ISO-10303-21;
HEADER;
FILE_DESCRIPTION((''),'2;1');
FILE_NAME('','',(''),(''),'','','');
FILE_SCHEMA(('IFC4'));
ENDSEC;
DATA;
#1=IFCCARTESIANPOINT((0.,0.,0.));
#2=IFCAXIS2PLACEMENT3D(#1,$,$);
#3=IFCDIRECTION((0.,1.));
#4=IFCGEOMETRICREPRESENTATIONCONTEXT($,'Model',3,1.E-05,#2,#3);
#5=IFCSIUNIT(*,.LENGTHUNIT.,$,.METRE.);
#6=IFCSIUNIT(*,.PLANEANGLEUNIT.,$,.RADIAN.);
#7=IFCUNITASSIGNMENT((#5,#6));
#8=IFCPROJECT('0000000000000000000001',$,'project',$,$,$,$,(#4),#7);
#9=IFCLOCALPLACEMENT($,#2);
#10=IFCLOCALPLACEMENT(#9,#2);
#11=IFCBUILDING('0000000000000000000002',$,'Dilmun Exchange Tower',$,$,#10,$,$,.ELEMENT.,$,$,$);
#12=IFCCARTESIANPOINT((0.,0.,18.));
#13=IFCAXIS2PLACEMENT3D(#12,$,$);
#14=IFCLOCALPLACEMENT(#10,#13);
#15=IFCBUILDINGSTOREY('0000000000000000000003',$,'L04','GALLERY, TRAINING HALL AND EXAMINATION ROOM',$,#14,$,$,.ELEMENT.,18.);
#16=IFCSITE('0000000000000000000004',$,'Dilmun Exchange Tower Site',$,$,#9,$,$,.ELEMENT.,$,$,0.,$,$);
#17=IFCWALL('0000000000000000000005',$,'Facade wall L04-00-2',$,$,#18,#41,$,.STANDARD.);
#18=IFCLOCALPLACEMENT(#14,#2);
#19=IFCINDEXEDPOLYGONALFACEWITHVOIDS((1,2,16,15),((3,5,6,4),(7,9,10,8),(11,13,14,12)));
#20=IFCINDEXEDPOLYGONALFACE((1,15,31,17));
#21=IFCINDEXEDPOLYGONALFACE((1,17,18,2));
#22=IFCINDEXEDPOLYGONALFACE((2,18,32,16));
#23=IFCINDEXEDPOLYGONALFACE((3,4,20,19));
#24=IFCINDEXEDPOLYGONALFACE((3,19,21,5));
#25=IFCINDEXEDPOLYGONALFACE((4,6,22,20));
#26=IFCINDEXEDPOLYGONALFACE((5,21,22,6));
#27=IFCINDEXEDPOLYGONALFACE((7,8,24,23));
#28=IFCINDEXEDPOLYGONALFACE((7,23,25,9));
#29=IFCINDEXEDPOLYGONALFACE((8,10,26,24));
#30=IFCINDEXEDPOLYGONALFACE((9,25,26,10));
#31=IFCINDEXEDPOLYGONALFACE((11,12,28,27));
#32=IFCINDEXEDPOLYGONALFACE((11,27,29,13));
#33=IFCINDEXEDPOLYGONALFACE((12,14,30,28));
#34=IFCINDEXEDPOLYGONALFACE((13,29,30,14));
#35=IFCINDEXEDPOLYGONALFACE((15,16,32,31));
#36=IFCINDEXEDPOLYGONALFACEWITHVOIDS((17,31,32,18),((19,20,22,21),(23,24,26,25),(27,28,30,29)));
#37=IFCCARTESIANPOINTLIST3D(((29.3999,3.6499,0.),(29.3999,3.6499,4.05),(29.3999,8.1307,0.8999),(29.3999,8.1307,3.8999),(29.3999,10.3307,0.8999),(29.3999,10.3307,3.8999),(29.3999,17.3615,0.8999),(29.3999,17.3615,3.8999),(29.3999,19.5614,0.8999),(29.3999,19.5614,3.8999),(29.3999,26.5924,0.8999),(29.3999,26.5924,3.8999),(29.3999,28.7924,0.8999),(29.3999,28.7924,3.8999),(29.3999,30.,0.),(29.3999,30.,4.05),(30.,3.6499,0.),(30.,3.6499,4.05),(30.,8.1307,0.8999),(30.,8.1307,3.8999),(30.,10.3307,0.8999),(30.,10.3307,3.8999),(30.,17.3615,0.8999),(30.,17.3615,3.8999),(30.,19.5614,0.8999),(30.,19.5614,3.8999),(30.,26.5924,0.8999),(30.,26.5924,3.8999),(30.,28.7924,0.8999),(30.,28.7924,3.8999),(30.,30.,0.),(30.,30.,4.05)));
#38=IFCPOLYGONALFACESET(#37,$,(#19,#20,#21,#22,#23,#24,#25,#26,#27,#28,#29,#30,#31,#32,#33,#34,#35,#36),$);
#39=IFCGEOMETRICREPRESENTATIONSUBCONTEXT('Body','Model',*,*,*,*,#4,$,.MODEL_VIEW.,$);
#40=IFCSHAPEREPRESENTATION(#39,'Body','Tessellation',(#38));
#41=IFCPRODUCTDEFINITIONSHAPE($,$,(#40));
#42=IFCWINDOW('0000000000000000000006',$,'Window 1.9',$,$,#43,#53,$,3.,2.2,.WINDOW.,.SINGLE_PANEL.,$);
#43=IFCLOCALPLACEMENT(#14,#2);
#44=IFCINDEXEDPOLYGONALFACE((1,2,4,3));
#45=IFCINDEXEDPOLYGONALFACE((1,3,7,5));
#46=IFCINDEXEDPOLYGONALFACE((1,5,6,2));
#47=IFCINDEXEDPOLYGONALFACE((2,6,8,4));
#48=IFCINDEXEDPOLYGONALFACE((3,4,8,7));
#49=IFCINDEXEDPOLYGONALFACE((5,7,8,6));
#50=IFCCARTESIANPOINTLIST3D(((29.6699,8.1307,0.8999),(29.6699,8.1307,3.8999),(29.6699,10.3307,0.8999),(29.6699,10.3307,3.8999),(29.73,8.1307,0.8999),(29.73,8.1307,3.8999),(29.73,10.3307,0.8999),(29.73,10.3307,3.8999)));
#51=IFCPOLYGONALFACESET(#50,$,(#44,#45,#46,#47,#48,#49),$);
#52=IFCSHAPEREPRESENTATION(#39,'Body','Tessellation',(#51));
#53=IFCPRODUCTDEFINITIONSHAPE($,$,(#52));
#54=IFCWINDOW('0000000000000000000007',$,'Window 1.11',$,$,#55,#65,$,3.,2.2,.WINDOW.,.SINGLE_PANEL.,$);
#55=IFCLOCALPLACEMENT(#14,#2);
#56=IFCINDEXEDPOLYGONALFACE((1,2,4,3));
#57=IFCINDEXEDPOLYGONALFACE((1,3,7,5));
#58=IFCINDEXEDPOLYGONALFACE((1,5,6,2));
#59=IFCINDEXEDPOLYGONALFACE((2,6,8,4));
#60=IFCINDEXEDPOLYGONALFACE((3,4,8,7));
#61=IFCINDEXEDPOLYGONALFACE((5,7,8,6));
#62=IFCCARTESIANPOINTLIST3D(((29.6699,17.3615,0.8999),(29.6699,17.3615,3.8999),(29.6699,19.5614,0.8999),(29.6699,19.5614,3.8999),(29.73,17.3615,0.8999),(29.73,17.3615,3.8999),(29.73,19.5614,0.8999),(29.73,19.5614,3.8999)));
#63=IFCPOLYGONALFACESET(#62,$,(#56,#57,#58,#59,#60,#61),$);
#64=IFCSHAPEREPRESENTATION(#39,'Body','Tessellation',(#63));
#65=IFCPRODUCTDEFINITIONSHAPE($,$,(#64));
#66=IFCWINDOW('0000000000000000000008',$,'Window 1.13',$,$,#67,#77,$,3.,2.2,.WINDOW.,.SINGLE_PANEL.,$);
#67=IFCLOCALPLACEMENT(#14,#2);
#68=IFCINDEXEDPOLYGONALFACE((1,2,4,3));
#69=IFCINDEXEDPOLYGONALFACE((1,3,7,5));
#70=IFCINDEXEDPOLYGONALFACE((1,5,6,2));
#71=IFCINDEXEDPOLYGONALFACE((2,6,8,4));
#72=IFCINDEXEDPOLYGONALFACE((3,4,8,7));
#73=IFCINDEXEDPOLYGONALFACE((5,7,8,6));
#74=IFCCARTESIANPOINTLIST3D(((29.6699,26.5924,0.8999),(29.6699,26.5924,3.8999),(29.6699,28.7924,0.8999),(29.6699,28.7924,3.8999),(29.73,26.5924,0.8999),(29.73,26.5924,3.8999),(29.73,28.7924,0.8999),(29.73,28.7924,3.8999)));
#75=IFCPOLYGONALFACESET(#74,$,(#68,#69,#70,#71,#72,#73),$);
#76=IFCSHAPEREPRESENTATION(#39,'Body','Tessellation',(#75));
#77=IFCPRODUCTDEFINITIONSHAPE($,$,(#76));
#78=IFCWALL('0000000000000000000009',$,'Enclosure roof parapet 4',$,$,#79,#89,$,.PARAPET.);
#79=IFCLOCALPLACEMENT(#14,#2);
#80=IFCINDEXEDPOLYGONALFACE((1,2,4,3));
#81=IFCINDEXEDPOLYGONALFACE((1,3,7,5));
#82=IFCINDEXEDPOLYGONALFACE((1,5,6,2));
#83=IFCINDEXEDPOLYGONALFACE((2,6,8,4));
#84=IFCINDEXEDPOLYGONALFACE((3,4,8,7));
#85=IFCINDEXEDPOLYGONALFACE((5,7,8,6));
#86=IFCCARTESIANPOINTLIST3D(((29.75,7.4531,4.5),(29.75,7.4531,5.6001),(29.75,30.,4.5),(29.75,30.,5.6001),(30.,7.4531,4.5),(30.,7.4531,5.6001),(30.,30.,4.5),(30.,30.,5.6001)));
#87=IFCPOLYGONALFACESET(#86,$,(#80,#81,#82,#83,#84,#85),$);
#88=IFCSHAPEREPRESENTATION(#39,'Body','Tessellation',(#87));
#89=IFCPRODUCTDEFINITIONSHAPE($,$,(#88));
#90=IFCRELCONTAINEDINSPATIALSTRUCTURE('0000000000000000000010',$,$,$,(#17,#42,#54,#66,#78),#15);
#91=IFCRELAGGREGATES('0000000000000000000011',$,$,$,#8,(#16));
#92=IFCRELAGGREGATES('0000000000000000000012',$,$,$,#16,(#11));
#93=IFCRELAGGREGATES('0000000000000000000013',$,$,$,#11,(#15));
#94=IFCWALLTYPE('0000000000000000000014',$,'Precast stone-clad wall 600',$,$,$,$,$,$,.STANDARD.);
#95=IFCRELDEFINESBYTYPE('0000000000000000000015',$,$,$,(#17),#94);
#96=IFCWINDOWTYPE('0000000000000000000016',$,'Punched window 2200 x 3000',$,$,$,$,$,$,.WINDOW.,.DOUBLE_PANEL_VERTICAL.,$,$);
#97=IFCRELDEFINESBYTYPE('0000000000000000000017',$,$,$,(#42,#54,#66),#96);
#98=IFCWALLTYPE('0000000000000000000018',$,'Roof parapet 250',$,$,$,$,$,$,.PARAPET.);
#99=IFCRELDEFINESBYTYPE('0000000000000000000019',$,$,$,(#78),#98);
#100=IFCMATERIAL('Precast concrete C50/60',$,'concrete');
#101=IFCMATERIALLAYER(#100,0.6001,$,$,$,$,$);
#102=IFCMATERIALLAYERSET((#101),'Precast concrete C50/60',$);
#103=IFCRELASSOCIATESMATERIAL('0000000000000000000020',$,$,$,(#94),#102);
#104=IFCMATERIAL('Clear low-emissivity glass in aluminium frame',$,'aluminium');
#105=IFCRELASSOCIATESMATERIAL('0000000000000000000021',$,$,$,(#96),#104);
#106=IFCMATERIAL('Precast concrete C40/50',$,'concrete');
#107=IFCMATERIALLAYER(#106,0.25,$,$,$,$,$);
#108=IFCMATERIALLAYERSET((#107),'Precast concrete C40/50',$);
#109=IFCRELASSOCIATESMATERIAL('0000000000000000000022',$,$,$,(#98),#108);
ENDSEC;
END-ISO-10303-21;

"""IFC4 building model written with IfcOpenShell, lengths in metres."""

from ifc_helpers import new_model, si_unit, direction, frame, frame_2d, origin, place, context, subcontext, project, spatial, rectangle, extrude, material, layer, layer_set, type_object, element, fill, save


model = new_model("IFC4")

# Units and contexts
model_context = context("Model", 3, precision=1e-05, world=origin(), true_north=direction((0.0, 1.0)))
body_context = subcontext(model_context, "Body", "Model", "MODEL_VIEW")
ifc_project = project(units=[si_unit("LENGTHUNIT", "METRE"), si_unit("PLANEANGLEUNIT", "RADIAN")], contexts=[model_context])

# Site, building, storey
site_placement = place(None, origin())
site = spatial("IfcSite", under=ifc_project, at=site_placement, Name="Dilmun Exchange Tower Site", CompositionType="ELEMENT", RefElevation=0.0)
building_placement = place(site_placement, origin())
building = spatial("IfcBuilding", under=site, at=building_placement, Name="Dilmun Exchange Tower", CompositionType="ELEMENT")
storey_placement = place(building_placement, frame((0.0, 0.0, 18.0)))
storey = spatial("IfcBuildingStorey", under=building, at=storey_placement, Name="L04", Description="GALLERY, TRAINING HALL AND EXAMINATION ROOM", CompositionType="ELEMENT", Elevation=18.0)

# Shared definitions
ifc_material_1 = material(Name="Precast concrete C50/60", Category="concrete")
ifc_layer_1 = layer(ifc_material_1, 0.6001)
ifc_layer_set_1 = layer_set([ifc_layer_1], Name="Precast concrete C50/60")
wall_type_1 = type_object("IfcWallType", Name="Precast stone-clad wall 600", PredefinedType="STANDARD", material=ifc_layer_set_1)
ifc_material_2 = material(Name="Clear low-emissivity glass in aluminium frame", Category="aluminium")

# Wall, openings, windows
wall_1_placement = place(storey_placement, frame((29.7, 3.6499, 0.0), z_axis=(0.0, 0.0, 1.0), x_axis=(0.0, 1.0, 0.0)))
wall_1 = element("IfcWall", 1, at=wall_1_placement, inside=storey, type_object=wall_type_1, Name="Facade wall L04-00-2", PredefinedType="STANDARD", context=body_context, shape_type="SweptSolid", body=[
    extrude(rectangle(XDim=26.3501, YDim=0.6001, at=frame_2d((13.175, 0.0))), origin(), (0.0, 0.0, 1.0), 4.05),
])
opening_1_placement = place(wall_1_placement, frame((4.4807, 0.0, 0.8999)))
opening_1 = element("IfcOpeningElement", 2, at=opening_1_placement, cuts=wall_1, PredefinedType="OPENING", context=body_context, shape_type="SweptSolid", body=[
    extrude(rectangle(XDim=2.2, YDim=3.0, at=frame_2d((1.1001, 1.5))), frame((0.0, 0.3101, 0.0), z_axis=(0.0, -1.0, 0.0), x_axis=(1.0, 0.0, 0.0)), (0.0, 0.0, 1.0), 0.6201),
])
opening_2_placement = place(wall_1_placement, frame((13.7114, 0.0, 0.8999)))
opening_2 = element("IfcOpeningElement", 3, at=opening_2_placement, cuts=wall_1, PredefinedType="OPENING", context=body_context, shape_type="SweptSolid", body=[
    extrude(rectangle(XDim=2.2, YDim=3.0, at=frame_2d((1.1001, 1.5))), frame((0.0, 0.3101, 0.0), z_axis=(0.0, -1.0, 0.0), x_axis=(1.0, 0.0, 0.0)), (0.0, 0.0, 1.0), 0.6201),
])
opening_3_placement = place(wall_1_placement, frame((22.9424, 0.0, 0.8999)))
opening_3 = element("IfcOpeningElement", 4, at=opening_3_placement, cuts=wall_1, PredefinedType="OPENING", context=body_context, shape_type="SweptSolid", body=[
    extrude(rectangle(XDim=2.2, YDim=3.0, at=frame_2d((1.1001, 1.5))), frame((0.0, 0.3101, 0.0), z_axis=(0.0, -1.0, 0.0), x_axis=(1.0, 0.0, 0.0)), (0.0, 0.0, 1.0), 0.6201),
])
window_type = type_object("IfcWindowType", Name="Punched window 2200 x 3000", PartitioningType="DOUBLE_PANEL_VERTICAL", PredefinedType="WINDOW", material=ifc_material_2)
window_1_placement = place(opening_1_placement, origin())
window_1 = element("IfcWindow", 5, at=window_1_placement, inside=storey, type_object=window_type, Name="Window 1.9", OverallHeight=3.0, OverallWidth=2.2, PartitioningType="SINGLE_PANEL", PredefinedType="WINDOW", context=body_context, shape_type="SweptSolid", body=[
    extrude(rectangle(XDim=2.2, YDim=3.0, at=frame_2d((1.1001, 1.5))), frame((0.0, 0.03, 0.0), z_axis=(0.0, -1.0, 0.0), x_axis=(1.0, 0.0, 0.0)), (0.0, 0.0, 1.0), 0.0601),
])
fill(opening_1, window_1)
window_2_placement = place(opening_2_placement, origin())
window_2 = element("IfcWindow", 6, at=window_2_placement, inside=storey, type_object=window_type, Name="Window 1.11", OverallHeight=3.0, OverallWidth=2.2, PartitioningType="SINGLE_PANEL", PredefinedType="WINDOW", context=body_context, shape_type="SweptSolid", body=[
    extrude(rectangle(XDim=2.2, YDim=3.0, at=frame_2d((1.1001, 1.5))), frame((0.0, 0.03, 0.0), z_axis=(0.0, -1.0, 0.0), x_axis=(1.0, 0.0, 0.0)), (0.0, 0.0, 1.0), 0.0601),
])
fill(opening_2, window_2)
window_3_placement = place(opening_3_placement, origin())
window_3 = element("IfcWindow", 7, at=window_3_placement, inside=storey, type_object=window_type, Name="Window 1.13", OverallHeight=3.0, OverallWidth=2.2, PartitioningType="SINGLE_PANEL", PredefinedType="WINDOW", context=body_context, shape_type="SweptSolid", body=[
    extrude(rectangle(XDim=2.2, YDim=3.0, at=frame_2d((1.1001, 1.5))), frame((0.0, 0.03, 0.0), z_axis=(0.0, -1.0, 0.0), x_axis=(1.0, 0.0, 0.0)), (0.0, 0.0, 1.0), 0.0601),
])
fill(opening_3, window_3)

# Wall
ifc_material_3 = material(Name="Precast concrete C40/50", Category="concrete")
ifc_layer_2 = layer(ifc_material_3, 0.25)
ifc_layer_set_2 = layer_set([ifc_layer_2], Name="Precast concrete C40/50")
wall_type_2 = type_object("IfcWallType", Name="Roof parapet 250", PredefinedType="PARAPET", material=ifc_layer_set_2)
wall_2_placement = place(storey_placement, frame((29.875, 7.4531, 4.5), z_axis=(0.0, 0.0, 1.0), x_axis=(0.0, 1.0, 0.0)))
element("IfcWall", 8, at=wall_2_placement, inside=storey, type_object=wall_type_2, Name="Enclosure roof parapet 4", PredefinedType="PARAPET", context=body_context, shape_type="SweptSolid", body=[
    extrude(rectangle(XDim=22.5469, YDim=0.25, at=frame_2d((11.2734, 0.0))), origin(), (0.0, 0.0, 1.0), 1.1001),
])

save(model, "model.ifc")
